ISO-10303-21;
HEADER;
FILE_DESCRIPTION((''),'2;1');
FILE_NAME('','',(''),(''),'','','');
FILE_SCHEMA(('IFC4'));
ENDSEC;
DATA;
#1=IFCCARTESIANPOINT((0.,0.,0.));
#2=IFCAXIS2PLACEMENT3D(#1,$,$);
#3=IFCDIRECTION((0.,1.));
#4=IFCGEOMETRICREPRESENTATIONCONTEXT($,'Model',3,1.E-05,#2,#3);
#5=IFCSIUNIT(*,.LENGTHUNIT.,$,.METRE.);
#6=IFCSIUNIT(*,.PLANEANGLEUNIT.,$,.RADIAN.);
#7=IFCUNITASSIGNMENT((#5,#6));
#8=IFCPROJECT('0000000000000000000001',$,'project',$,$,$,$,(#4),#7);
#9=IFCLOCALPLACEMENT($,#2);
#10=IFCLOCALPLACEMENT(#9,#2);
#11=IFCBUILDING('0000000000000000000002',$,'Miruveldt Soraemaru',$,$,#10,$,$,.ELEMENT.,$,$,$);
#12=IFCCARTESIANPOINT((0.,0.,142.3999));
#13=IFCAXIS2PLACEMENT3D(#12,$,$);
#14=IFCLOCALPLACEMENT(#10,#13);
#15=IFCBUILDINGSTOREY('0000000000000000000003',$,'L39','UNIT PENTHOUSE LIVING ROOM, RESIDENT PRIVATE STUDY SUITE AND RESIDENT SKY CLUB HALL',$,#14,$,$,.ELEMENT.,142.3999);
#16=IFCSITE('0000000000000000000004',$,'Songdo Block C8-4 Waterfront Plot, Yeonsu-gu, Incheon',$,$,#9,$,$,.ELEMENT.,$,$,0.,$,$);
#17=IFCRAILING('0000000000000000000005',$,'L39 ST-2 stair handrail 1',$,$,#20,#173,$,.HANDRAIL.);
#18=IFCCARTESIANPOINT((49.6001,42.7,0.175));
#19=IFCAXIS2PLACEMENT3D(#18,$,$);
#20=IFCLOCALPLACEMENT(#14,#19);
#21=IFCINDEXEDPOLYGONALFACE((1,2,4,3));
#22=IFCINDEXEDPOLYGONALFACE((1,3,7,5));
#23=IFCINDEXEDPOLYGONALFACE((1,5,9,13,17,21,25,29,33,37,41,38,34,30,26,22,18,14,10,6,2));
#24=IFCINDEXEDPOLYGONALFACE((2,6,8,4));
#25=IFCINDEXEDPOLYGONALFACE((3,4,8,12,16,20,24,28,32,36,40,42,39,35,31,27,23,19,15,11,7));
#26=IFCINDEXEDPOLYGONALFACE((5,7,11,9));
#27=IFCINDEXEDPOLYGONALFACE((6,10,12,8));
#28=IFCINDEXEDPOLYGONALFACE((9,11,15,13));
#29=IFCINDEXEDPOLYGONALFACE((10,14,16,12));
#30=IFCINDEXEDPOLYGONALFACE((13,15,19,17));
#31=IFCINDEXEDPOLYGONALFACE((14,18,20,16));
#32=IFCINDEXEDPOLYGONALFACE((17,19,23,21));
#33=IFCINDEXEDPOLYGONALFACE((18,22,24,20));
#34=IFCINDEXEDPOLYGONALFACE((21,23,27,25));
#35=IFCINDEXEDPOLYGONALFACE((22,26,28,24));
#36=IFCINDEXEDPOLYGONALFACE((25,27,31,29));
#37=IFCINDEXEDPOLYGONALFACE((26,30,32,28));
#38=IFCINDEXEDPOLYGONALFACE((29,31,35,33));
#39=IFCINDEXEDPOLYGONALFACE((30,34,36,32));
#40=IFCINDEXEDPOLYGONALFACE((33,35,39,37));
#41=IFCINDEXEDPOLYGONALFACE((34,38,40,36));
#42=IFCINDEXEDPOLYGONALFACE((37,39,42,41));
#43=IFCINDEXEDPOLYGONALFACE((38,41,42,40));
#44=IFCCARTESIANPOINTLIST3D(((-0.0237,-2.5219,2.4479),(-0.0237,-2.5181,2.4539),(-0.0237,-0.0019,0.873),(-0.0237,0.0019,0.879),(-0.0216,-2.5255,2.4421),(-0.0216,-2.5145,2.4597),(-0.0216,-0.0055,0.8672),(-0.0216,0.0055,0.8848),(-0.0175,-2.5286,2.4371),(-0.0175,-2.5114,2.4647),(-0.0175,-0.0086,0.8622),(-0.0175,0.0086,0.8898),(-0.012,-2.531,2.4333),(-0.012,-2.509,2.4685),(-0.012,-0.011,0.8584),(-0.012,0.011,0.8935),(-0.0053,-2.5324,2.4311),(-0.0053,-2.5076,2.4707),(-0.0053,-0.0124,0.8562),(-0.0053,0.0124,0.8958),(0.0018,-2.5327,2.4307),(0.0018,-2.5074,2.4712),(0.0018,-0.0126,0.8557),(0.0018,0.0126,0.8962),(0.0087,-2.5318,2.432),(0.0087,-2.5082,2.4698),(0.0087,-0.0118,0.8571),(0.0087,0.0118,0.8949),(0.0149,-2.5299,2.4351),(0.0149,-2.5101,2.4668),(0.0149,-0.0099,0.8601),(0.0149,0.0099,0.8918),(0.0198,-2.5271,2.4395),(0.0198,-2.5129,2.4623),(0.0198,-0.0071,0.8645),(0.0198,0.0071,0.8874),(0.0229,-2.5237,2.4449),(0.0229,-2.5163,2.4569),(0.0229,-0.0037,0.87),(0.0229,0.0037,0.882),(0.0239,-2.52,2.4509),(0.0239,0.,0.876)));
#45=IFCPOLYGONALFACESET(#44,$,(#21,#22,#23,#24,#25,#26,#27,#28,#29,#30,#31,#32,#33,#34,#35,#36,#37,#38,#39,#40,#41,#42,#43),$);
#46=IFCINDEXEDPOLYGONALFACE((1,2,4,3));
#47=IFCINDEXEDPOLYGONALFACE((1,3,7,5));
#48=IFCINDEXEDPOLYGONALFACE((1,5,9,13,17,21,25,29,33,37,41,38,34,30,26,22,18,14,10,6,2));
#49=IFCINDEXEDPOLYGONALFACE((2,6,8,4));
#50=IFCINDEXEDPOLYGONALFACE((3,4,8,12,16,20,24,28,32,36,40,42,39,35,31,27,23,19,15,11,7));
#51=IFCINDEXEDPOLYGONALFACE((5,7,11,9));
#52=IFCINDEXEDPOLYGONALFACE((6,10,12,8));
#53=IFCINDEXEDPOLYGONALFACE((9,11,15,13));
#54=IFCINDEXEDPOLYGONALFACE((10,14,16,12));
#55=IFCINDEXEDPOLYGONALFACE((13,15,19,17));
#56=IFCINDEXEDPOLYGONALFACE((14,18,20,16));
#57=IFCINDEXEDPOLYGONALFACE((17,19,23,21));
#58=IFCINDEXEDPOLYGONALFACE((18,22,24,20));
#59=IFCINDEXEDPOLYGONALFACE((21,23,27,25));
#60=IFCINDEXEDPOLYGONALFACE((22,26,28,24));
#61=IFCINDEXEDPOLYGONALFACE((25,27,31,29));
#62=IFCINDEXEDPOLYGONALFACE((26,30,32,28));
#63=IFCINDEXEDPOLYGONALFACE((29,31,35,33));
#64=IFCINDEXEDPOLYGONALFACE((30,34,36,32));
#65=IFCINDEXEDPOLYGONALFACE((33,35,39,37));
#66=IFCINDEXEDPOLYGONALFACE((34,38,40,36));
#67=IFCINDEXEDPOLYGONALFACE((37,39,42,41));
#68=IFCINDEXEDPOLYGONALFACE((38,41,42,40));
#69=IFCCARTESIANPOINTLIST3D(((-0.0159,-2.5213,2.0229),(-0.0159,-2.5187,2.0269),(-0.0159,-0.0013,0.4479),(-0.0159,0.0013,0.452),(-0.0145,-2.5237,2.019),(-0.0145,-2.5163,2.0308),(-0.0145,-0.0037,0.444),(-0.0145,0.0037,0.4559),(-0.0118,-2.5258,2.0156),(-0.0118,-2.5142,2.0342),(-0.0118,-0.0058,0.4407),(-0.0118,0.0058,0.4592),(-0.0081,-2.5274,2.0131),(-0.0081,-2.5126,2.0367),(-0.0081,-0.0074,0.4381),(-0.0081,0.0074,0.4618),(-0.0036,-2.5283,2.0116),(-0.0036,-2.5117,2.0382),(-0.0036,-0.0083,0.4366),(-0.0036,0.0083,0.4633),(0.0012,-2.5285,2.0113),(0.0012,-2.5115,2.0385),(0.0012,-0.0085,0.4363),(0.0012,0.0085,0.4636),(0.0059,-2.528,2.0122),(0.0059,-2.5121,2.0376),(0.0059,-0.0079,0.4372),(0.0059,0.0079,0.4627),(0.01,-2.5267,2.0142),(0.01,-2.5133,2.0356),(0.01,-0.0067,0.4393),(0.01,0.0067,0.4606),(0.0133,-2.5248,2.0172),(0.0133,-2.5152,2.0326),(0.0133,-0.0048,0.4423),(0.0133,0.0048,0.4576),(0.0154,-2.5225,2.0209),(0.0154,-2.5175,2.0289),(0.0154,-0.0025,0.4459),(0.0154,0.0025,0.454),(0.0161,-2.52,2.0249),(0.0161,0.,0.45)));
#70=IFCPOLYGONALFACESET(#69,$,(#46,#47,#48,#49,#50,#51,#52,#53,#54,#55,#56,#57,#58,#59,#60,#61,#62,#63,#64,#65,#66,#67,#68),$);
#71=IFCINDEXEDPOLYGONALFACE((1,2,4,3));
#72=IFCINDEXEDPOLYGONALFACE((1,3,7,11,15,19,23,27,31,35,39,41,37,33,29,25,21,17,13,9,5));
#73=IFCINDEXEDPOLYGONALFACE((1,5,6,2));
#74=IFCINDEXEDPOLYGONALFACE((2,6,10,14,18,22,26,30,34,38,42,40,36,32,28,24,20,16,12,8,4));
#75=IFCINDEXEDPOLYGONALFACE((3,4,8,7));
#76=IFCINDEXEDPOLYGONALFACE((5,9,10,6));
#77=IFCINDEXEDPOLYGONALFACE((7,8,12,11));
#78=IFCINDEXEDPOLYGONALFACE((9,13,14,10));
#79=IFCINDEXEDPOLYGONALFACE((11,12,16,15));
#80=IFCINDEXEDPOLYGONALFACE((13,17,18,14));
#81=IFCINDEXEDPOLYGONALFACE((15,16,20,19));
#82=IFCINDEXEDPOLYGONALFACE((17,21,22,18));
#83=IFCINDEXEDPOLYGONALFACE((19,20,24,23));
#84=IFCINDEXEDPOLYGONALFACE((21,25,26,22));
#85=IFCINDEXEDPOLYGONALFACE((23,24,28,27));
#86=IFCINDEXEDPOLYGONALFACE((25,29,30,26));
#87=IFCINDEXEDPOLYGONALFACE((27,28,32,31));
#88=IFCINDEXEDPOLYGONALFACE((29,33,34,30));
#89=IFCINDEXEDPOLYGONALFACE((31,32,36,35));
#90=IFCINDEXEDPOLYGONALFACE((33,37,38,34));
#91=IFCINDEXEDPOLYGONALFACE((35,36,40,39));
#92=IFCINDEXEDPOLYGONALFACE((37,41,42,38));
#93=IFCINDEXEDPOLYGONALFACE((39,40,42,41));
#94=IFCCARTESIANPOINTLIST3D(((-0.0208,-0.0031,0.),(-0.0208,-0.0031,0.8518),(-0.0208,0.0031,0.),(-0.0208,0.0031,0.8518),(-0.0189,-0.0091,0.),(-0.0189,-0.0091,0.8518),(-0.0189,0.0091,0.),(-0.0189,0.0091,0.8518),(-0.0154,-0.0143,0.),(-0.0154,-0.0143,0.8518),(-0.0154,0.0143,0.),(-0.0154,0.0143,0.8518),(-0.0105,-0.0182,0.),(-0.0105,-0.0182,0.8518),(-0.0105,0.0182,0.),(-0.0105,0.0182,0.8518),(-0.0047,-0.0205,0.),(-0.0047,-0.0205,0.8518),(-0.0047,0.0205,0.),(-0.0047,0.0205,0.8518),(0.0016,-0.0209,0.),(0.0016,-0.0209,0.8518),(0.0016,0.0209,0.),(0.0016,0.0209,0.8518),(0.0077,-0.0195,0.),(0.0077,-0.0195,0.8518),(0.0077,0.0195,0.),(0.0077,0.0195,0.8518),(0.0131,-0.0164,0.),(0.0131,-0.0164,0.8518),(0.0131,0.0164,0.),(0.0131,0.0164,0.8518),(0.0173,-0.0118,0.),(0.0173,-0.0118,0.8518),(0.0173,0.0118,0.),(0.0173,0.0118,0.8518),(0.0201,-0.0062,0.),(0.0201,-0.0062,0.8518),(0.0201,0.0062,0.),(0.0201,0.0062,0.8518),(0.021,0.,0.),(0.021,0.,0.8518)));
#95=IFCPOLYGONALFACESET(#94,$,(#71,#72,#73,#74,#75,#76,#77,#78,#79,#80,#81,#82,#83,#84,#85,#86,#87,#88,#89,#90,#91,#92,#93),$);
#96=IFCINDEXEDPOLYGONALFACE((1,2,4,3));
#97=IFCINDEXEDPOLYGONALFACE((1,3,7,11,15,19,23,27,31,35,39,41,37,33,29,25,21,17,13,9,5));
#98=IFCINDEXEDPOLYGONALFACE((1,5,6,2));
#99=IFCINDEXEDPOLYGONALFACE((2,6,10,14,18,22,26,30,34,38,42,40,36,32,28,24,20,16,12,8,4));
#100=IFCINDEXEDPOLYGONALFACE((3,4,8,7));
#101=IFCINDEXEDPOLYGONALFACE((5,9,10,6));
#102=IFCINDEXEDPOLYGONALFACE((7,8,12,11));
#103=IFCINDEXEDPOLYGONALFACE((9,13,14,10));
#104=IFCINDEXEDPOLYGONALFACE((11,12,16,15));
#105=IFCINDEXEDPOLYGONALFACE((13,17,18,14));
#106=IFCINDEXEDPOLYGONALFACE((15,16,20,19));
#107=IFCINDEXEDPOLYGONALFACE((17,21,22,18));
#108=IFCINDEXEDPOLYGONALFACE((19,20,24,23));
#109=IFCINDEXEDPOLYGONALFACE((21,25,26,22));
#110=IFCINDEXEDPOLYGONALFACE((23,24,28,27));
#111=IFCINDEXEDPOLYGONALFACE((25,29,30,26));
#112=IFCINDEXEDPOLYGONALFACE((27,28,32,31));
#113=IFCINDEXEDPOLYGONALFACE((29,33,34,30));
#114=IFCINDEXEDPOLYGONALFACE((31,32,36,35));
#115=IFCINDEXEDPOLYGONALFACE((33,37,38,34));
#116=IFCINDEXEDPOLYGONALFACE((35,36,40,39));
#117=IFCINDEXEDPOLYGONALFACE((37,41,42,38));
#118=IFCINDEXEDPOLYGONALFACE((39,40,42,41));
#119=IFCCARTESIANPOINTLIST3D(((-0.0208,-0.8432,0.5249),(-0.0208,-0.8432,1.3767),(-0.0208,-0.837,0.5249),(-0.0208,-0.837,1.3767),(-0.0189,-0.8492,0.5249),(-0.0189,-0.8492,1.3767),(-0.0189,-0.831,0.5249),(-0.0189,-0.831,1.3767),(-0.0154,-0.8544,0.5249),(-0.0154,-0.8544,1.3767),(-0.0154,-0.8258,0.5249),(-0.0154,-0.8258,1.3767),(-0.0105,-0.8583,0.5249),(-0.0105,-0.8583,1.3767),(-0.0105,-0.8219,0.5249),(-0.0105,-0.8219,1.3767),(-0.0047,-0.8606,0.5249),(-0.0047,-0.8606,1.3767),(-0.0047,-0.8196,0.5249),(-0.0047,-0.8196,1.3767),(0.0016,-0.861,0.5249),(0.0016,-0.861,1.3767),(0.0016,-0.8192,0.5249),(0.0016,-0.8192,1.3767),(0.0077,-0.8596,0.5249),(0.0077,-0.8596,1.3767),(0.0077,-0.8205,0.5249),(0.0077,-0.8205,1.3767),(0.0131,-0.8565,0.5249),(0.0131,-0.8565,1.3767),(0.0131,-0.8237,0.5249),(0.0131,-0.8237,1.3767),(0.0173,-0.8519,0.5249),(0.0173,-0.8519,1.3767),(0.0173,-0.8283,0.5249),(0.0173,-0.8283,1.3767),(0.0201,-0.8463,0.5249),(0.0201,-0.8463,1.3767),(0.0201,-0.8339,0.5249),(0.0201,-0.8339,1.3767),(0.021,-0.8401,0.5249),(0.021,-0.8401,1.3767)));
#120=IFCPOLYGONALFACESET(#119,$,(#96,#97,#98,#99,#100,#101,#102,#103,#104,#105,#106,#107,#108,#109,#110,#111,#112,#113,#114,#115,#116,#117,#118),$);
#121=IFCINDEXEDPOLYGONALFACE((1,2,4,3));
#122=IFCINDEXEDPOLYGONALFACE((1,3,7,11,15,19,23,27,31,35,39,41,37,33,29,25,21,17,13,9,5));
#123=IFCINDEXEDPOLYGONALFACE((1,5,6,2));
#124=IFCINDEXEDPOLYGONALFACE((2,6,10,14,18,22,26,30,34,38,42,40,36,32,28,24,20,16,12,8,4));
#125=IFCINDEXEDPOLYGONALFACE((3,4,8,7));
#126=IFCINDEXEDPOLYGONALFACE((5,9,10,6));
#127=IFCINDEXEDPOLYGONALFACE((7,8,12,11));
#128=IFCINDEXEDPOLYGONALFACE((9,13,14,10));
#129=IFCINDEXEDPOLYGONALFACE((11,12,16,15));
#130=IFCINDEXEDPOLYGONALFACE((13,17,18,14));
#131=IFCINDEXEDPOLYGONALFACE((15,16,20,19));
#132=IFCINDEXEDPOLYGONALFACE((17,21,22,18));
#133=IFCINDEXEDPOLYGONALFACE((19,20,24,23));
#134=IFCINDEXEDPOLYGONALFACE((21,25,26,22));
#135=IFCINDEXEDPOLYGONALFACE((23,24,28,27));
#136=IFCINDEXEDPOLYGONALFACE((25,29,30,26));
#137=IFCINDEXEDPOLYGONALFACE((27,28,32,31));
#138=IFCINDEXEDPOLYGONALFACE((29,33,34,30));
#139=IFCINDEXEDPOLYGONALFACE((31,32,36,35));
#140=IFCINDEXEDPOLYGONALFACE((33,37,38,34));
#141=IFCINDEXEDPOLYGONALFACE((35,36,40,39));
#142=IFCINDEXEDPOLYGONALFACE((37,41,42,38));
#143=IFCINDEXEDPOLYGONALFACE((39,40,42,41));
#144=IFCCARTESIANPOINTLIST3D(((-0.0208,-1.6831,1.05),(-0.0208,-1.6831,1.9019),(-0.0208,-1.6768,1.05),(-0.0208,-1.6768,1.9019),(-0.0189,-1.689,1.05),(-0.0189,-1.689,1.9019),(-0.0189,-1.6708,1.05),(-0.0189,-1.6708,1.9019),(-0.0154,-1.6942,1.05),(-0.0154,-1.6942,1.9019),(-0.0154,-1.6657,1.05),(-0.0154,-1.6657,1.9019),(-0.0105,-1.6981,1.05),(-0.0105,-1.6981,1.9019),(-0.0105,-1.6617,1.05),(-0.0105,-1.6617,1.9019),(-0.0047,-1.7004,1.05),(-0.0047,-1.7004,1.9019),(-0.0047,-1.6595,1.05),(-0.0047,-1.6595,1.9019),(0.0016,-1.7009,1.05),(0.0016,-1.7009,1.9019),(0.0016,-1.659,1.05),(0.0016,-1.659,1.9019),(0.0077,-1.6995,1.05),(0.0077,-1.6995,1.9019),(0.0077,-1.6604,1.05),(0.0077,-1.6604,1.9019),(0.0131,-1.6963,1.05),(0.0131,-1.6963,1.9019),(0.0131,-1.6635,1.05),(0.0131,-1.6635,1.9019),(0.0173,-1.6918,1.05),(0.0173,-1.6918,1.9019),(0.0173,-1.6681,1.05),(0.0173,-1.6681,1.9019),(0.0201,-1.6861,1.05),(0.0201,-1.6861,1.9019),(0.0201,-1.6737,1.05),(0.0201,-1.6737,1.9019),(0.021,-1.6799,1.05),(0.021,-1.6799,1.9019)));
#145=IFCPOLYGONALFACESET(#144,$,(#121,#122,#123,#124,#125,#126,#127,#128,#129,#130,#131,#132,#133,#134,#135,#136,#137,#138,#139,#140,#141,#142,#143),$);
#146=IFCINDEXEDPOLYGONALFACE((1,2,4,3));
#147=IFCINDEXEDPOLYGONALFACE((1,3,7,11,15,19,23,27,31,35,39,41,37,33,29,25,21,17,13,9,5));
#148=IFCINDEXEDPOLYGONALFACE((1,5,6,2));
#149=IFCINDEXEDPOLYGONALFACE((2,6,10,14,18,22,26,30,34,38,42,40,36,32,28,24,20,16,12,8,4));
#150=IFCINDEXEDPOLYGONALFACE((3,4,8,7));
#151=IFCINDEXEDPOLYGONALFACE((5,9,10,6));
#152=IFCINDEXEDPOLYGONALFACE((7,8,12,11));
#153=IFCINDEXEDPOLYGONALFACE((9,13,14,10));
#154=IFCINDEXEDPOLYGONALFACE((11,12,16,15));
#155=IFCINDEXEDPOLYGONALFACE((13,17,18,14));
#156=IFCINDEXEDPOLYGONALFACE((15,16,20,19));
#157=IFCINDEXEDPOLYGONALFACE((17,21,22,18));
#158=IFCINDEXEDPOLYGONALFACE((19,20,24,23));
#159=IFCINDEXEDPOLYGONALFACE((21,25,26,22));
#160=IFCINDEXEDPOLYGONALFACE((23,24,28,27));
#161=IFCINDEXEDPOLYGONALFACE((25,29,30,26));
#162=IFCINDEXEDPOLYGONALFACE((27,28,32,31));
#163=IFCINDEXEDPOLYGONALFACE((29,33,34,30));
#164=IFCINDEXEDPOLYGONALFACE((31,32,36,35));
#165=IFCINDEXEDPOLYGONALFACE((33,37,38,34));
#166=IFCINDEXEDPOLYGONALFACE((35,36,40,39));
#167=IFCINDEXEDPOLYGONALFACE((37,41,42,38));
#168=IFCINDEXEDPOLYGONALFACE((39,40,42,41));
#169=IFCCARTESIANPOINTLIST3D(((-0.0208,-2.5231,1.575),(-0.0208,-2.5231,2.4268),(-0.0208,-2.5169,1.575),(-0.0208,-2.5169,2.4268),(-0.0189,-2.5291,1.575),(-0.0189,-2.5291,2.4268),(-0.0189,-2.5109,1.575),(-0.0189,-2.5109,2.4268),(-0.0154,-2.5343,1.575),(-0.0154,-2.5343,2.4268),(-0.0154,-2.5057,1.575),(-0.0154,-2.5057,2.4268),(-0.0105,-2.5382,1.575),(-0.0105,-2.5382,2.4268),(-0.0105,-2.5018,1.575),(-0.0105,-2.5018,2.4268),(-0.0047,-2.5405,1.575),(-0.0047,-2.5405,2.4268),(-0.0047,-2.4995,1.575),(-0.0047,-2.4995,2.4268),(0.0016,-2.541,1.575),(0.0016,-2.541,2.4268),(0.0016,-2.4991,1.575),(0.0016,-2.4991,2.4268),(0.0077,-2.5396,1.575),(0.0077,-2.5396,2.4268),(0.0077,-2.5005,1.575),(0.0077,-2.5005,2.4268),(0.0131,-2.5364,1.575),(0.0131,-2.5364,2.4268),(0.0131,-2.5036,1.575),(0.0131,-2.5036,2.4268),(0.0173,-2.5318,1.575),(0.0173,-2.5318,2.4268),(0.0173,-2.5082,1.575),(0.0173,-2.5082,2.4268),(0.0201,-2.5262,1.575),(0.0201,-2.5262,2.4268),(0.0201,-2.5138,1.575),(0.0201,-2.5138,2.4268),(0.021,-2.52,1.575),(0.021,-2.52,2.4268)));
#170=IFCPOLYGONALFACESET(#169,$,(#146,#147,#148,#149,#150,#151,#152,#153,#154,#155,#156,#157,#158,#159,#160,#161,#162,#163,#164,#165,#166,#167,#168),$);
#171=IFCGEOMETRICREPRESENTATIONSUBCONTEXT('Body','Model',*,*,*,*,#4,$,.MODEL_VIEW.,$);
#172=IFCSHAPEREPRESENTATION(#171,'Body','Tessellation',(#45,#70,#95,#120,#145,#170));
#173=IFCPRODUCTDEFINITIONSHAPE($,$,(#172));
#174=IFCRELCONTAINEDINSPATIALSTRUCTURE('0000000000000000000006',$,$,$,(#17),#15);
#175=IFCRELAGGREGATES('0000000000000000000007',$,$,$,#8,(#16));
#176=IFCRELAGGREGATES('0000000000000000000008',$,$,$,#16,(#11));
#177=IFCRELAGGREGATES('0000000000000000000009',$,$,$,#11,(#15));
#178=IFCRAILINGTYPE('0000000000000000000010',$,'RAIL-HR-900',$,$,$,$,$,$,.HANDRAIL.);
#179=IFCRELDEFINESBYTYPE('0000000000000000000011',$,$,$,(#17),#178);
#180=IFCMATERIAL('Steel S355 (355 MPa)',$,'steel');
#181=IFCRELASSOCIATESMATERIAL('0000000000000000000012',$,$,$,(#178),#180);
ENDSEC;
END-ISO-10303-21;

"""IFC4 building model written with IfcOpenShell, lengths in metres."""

from ifc_helpers import new_model, si_unit, direction, frame, origin, origin_2d, place, context, subcontext, project, spatial, circle, extrude, material, type_object, element, save


model = new_model("IFC4")

# Units and contexts
model_context = context("Model", 3, precision=1e-05, world=origin(), true_north=direction((0.0, 1.0)))
body_context = subcontext(model_context, "Body", "Model", "MODEL_VIEW")
ifc_project = project(units=[si_unit("LENGTHUNIT", "METRE"), si_unit("PLANEANGLEUNIT", "RADIAN")], contexts=[model_context])

# Site, building, storey
site_placement = place(None, origin())
site = spatial("IfcSite", under=ifc_project, at=site_placement, Name="Songdo Block C8-4 Waterfront Plot, Yeonsu-gu, Incheon", CompositionType="ELEMENT", RefElevation=0.0)
building_placement = place(site_placement, origin())
building = spatial("IfcBuilding", under=site, at=building_placement, Name="Miruveldt Soraemaru", CompositionType="ELEMENT")
storey_placement = place(building_placement, frame((0.0, 0.0, 142.3999)))
storey = spatial("IfcBuildingStorey", under=building, at=storey_placement, Name="L39", Description="UNIT PENTHOUSE LIVING ROOM, RESIDENT PRIVATE STUDY SUITE AND RESIDENT SKY CLUB HALL", CompositionType="ELEMENT", Elevation=142.3999)

# Railing
ifc_material_1 = material(Name="Steel S355 (355 MPa)", Category="steel")
railing_type_1 = type_object("IfcRailingType", Name="RAIL-HR-900", PredefinedType="HANDRAIL", material=ifc_material_1)
railing_1_placement = place(storey_placement, frame((49.6001, 42.7, 0.175)))
element("IfcRailing", 1, at=railing_1_placement, inside=storey, type_object=railing_type_1, Name="L39 ST-2 stair handrail 1", PredefinedType="HANDRAIL", context=body_context, shape_type="SweptSolid", body=[
    extrude(circle(Radius=0.0239, at=origin_2d()), frame((0.0, 0.0, 0.876), z_axis=(0.0, -0.848008, 0.529984), x_axis=(1.0, 0.0, 0.0)), (0.0, 0.0, 1.0), 2.9717),
    extrude(circle(Radius=0.0161, at=origin_2d()), frame((0.0, 0.0, 0.45), z_axis=(0.0, -0.848008, 0.529984), x_axis=(1.0, 0.0, 0.0)), (0.0, 0.0, 1.0), 2.9717),
    extrude(circle(Radius=0.021, at=origin_2d()), origin(), (0.0, 0.0, 1.0), 0.8518),
    extrude(circle(Radius=0.021, at=origin_2d()), frame((0.0, -0.8401, 0.5249)), (0.0, 0.0, 1.0), 0.8518),
    extrude(circle(Radius=0.021, at=origin_2d()), frame((0.0, -1.6799, 1.05)), (0.0, 0.0, 1.0), 0.8518),
    extrude(circle(Radius=0.021, at=origin_2d()), frame((0.0, -2.52, 1.575)), (0.0, 0.0, 1.0), 0.8518),
])

save(model, "model.ifc")
